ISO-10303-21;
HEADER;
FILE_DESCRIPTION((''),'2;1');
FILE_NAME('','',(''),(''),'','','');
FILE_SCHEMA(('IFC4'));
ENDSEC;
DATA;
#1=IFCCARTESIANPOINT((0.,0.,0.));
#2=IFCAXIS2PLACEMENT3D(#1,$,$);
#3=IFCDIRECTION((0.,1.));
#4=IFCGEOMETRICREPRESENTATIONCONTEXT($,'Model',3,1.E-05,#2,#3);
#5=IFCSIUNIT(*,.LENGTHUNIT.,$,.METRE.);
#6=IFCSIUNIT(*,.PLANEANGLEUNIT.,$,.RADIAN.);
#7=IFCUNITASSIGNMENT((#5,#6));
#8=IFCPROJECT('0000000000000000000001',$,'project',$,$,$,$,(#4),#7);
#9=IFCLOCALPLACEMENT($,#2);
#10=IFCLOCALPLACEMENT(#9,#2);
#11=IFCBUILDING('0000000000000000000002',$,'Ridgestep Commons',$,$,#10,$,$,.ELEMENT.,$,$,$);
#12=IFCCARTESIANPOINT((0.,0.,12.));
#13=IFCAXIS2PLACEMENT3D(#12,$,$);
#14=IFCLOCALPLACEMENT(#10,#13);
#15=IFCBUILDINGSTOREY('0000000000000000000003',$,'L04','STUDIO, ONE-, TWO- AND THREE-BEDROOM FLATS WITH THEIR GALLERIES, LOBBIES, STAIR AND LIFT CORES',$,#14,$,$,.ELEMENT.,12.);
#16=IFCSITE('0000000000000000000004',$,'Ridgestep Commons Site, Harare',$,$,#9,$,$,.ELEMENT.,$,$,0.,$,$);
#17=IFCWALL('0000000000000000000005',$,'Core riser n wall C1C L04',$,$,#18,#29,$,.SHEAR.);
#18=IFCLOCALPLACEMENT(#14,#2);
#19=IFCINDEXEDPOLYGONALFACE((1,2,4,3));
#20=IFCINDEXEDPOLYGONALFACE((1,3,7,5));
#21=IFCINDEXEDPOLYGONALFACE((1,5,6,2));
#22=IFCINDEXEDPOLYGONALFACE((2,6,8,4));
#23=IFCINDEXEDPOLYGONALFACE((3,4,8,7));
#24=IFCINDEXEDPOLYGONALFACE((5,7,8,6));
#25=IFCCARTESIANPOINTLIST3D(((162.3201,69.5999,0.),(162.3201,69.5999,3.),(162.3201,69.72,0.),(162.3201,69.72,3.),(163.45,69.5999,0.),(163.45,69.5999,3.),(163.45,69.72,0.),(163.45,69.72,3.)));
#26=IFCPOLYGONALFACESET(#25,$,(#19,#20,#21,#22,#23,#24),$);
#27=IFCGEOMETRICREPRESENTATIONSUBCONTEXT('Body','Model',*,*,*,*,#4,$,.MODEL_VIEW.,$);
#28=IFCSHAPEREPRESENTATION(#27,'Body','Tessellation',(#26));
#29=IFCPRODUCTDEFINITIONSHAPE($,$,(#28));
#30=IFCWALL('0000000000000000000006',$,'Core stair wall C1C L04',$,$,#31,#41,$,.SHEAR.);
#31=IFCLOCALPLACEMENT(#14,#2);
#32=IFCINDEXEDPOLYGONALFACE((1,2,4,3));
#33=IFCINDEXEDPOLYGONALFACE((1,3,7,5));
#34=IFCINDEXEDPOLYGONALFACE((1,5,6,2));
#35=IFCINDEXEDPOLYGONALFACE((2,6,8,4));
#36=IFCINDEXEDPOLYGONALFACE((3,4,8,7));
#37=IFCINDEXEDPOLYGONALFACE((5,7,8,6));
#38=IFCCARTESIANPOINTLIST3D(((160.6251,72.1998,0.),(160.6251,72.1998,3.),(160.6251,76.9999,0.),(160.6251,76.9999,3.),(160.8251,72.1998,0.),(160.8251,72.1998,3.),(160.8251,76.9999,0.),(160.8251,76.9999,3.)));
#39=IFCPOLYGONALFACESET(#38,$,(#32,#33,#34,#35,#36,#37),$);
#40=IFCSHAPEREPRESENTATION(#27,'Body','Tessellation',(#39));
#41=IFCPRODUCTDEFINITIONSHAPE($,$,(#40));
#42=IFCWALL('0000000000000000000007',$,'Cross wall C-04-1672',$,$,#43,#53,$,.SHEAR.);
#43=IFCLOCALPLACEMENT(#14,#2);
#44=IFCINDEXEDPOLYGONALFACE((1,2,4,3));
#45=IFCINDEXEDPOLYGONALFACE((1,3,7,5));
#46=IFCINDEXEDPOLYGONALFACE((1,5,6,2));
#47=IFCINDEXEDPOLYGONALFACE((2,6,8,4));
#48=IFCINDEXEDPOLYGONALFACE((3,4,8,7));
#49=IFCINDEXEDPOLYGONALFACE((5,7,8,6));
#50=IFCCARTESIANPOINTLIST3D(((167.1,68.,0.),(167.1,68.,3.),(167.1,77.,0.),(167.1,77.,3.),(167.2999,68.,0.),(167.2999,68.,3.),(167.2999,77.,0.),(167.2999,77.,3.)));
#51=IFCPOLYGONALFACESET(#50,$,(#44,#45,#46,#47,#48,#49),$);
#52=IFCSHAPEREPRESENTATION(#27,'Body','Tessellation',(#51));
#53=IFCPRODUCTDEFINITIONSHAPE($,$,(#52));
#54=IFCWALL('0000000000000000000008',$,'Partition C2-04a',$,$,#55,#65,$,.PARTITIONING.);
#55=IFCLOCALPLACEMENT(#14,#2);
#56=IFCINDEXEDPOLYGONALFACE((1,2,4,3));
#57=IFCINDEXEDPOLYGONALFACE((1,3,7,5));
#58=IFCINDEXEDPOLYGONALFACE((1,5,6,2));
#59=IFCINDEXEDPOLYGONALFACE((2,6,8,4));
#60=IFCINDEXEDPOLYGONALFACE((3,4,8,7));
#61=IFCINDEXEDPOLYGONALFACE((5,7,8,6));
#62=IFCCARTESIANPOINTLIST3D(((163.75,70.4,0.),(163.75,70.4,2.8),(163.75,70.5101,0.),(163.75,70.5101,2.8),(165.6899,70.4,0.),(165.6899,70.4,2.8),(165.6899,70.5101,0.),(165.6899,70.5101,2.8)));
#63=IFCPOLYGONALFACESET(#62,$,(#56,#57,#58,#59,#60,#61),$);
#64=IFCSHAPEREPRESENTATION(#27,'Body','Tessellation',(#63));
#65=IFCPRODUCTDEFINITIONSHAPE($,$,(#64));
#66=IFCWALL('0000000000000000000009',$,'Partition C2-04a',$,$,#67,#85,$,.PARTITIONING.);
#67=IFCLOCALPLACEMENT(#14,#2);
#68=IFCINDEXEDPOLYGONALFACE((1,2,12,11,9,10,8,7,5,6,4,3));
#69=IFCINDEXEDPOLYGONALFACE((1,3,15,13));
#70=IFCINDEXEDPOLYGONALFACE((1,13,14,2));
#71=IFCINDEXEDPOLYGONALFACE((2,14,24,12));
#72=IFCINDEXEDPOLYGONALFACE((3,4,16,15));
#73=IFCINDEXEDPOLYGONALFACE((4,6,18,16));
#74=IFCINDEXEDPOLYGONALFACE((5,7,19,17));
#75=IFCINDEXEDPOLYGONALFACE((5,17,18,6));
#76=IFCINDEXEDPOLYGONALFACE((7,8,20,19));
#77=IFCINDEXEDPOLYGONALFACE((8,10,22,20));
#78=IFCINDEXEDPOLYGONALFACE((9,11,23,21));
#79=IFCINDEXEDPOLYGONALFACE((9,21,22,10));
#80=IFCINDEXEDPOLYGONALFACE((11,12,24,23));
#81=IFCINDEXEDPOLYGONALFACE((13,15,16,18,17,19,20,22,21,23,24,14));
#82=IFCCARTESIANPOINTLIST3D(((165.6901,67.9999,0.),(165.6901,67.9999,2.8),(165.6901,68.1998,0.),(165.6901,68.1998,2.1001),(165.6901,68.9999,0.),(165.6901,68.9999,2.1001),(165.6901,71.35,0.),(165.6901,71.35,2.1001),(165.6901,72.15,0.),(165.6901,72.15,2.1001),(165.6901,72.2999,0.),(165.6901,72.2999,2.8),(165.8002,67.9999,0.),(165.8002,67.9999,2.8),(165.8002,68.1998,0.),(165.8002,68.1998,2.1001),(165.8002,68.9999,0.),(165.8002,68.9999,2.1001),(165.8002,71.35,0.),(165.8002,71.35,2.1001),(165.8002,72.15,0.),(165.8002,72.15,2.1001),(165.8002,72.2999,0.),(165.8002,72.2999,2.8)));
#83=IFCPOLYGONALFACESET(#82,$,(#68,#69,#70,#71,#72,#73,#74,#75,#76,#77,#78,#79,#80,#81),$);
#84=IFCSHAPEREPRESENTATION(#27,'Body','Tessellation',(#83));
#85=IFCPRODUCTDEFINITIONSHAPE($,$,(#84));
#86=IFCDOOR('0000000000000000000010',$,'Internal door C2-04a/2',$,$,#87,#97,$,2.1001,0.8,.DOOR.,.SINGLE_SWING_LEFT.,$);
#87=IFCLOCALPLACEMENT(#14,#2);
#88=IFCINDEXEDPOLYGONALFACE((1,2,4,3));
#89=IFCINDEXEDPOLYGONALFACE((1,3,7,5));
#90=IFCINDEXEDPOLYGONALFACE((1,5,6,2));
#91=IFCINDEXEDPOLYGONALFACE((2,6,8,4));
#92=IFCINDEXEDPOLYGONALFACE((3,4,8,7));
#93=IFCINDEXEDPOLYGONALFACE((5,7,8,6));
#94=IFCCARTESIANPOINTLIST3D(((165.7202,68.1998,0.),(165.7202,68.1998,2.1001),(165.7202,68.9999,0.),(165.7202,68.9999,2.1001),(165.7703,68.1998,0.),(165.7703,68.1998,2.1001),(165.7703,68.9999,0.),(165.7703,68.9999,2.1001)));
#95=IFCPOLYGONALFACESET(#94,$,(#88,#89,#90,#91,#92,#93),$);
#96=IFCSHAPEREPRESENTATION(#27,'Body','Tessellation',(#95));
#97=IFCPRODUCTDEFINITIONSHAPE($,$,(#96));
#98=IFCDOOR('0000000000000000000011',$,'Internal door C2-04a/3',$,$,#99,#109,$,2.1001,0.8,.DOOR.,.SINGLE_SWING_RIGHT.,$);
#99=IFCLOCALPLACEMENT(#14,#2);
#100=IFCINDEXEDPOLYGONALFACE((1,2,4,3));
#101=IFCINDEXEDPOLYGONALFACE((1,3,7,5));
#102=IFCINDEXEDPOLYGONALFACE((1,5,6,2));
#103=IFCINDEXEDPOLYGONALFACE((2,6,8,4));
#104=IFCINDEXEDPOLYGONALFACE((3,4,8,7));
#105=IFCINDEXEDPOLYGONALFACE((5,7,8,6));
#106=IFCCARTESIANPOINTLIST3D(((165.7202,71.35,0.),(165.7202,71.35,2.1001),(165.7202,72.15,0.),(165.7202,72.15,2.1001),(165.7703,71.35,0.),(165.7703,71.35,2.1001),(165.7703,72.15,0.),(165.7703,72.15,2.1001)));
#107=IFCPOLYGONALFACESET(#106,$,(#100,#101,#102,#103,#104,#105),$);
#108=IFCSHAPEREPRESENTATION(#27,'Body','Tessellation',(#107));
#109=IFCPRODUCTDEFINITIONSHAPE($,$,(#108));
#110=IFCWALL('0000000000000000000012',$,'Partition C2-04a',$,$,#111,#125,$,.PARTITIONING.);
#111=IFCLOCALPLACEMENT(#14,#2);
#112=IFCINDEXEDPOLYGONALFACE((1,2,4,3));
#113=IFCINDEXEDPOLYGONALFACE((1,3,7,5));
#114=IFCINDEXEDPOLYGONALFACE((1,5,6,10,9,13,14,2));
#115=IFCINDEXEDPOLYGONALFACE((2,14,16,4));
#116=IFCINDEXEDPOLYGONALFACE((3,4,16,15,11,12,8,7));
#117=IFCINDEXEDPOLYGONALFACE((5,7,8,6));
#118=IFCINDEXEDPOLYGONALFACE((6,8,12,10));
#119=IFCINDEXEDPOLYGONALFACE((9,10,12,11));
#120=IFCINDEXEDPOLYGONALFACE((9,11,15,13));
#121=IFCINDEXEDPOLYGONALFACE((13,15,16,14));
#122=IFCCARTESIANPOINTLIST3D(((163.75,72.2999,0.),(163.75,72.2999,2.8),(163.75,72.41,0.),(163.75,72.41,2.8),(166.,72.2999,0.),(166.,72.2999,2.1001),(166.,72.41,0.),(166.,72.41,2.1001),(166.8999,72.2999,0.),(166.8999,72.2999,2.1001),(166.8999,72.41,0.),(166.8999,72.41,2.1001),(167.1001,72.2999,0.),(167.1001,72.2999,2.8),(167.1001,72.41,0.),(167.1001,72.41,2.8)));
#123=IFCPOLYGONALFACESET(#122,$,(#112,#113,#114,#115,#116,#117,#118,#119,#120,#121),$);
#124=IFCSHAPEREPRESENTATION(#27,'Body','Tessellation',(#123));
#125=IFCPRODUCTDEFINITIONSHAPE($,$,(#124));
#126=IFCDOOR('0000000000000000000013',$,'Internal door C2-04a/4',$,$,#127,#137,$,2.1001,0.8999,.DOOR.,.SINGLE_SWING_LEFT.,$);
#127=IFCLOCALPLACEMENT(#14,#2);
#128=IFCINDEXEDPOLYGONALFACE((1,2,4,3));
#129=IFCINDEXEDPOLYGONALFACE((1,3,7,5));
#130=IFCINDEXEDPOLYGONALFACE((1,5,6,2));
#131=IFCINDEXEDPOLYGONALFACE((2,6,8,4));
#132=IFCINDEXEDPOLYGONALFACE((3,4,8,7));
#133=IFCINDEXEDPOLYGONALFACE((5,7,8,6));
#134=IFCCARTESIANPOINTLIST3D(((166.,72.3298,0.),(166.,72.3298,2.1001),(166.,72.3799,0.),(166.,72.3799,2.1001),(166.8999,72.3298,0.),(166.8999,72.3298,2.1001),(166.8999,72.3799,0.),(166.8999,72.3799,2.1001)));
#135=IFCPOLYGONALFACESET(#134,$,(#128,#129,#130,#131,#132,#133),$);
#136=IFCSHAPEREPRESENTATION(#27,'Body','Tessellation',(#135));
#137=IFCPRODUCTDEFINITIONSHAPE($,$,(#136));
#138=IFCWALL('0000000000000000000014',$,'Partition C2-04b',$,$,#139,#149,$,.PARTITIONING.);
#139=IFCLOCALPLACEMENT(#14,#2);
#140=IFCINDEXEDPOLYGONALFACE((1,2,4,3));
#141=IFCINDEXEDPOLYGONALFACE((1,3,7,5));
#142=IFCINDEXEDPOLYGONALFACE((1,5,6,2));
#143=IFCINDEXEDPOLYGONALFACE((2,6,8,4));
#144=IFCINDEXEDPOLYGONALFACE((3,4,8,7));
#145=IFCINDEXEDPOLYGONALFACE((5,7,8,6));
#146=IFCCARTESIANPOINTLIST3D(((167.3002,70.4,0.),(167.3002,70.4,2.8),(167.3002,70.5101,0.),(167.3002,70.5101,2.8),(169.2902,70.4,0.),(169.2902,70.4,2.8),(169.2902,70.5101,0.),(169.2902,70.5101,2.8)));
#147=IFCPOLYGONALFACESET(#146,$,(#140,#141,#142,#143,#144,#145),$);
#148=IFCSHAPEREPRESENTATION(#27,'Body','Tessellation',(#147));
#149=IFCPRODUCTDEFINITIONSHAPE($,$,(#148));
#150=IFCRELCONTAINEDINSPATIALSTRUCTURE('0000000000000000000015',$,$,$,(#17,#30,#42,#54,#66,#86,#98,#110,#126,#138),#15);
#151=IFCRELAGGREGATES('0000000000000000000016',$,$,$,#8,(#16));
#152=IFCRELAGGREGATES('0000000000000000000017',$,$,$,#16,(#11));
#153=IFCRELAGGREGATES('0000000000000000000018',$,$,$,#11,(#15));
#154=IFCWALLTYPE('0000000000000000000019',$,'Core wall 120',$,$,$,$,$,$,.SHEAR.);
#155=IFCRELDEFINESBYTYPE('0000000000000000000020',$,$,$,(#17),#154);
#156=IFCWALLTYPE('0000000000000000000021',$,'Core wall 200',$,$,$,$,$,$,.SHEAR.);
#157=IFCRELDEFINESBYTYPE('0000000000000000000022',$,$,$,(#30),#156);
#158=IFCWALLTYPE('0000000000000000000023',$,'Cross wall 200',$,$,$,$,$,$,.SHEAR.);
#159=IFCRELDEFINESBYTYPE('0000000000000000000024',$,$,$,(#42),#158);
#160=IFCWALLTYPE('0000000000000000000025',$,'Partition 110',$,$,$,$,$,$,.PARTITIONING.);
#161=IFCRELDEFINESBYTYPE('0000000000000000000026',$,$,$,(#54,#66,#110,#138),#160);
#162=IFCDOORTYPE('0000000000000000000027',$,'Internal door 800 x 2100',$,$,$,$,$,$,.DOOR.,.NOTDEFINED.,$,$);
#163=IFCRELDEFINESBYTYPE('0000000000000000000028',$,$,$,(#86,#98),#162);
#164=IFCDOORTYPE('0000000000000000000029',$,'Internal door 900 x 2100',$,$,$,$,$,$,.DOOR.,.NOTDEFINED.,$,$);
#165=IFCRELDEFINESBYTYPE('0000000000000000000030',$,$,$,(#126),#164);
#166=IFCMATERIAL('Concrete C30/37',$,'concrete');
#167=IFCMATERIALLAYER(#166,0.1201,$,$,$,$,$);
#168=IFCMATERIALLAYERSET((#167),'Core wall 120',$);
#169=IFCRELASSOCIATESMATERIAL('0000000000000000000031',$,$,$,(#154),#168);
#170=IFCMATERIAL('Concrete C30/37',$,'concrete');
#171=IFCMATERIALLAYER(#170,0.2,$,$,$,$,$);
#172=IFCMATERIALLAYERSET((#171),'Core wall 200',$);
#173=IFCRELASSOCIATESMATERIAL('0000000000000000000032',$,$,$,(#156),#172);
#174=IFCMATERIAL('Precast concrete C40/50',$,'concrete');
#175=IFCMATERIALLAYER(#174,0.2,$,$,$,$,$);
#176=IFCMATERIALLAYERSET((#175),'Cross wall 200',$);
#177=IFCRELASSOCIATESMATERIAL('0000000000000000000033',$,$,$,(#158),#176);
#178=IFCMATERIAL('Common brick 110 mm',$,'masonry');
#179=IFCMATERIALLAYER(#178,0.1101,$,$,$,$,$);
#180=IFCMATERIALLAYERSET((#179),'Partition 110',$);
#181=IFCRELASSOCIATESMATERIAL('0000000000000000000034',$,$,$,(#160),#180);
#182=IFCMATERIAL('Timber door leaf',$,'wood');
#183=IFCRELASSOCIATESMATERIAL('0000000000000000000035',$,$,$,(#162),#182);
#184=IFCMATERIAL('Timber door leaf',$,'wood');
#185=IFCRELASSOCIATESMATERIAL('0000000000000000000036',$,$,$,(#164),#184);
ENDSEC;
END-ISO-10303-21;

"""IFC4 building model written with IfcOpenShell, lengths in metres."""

from ifc_helpers import new_model, si_unit, direction, frame, frame_2d, origin, place, context, subcontext, project, spatial, rectangle, extrude, material, layer, layer_set, type_object, element, fill, save


model = new_model("IFC4")

# Units and contexts
model_context = context("Model", 3, precision=1e-05, world=origin(), true_north=direction((0.0, 1.0)))
body_context = subcontext(model_context, "Body", "Model", "MODEL_VIEW")
ifc_project = project(units=[si_unit("LENGTHUNIT", "METRE"), si_unit("PLANEANGLEUNIT", "RADIAN")], contexts=[model_context])

# Site, building, storey
site_placement = place(None, origin())
site = spatial("IfcSite", under=ifc_project, at=site_placement, Name="Ridgestep Commons Site, Harare", CompositionType="ELEMENT", RefElevation=0.0)
building_placement = place(site_placement, origin())
building = spatial("IfcBuilding", under=site, at=building_placement, Name="Ridgestep Commons", CompositionType="ELEMENT")
storey_placement = place(building_placement, frame((0.0, 0.0, 12.0)))
storey = spatial("IfcBuildingStorey", under=building, at=storey_placement, Name="L04", Description="STUDIO, ONE-, TWO- AND THREE-BEDROOM FLATS WITH THEIR GALLERIES, LOBBIES, STAIR AND LIFT CORES", CompositionType="ELEMENT", Elevation=12.0)

# Walls
ifc_material_1 = material(Name="Concrete C30/37", Category="concrete")
ifc_layer_1 = layer(ifc_material_1, 0.1201)
ifc_layer_set_1 = layer_set([ifc_layer_1], Name="Core wall 120")
wall_type_1 = type_object("IfcWallType", Name="Core wall 120", PredefinedType="SHEAR", material=ifc_layer_set_1)
wall_1_placement = place(storey_placement, frame((162.3201, 69.6599, 0.0), z_axis=(0.0, 0.0, 1.0), x_axis=(1.0, 0.0, 0.0)))
element("IfcWall", 1, at=wall_1_placement, inside=storey, type_object=wall_type_1, Name="Core riser n wall C1C L04", PredefinedType="SHEAR", context=body_context, shape_type="SweptSolid", body=[
    extrude(rectangle(XDim=1.1299, YDim=0.1201, at=frame_2d((0.5649, 0.0))), origin(), (0.0, 0.0, 1.0), 3.0),
])
ifc_material_2 = material(Name="Concrete C30/37", Category="concrete")
ifc_layer_2 = layer(ifc_material_2, 0.2)
ifc_layer_set_2 = layer_set([ifc_layer_2], Name="Core wall 200")
wall_type_2 = type_object("IfcWallType", Name="Core wall 200", PredefinedType="SHEAR", material=ifc_layer_set_2)
wall_2_placement = place(storey_placement, frame((160.7251, 72.2, 0.0), z_axis=(0.0, 0.0, 1.0), x_axis=(0.0, 1.0, 0.0)))
element("IfcWall", 2, at=wall_2_placement, inside=storey, type_object=wall_type_2, Name="Core stair wall C1C L04", PredefinedType="SHEAR", context=body_context, shape_type="SweptSolid", body=[
    extrude(rectangle(XDim=4.8, YDim=0.2, at=frame_2d((2.3999, 0.0))), origin(), (0.0, 0.0, 1.0), 3.0),
])
ifc_material_3 = material(Name="Precast concrete C40/50", Category="concrete")
ifc_layer_3 = layer(ifc_material_3, 0.2)
ifc_layer_set_3 = layer_set([ifc_layer_3], Name="Cross wall 200")
wall_type_3 = type_object("IfcWallType", Name="Cross wall 200", PredefinedType="SHEAR", material=ifc_layer_set_3)
wall_3_placement = place(storey_placement, frame((167.2, 68.0, 0.0), z_axis=(0.0, 0.0, 1.0), x_axis=(0.0, 1.0, 0.0)))
element("IfcWall", 3, at=wall_3_placement, inside=storey, type_object=wall_type_3, Name="Cross wall C-04-1672", PredefinedType="SHEAR", context=body_context, shape_type="SweptSolid", body=[
    extrude(rectangle(XDim=9.0, YDim=0.2, at=frame_2d((4.5, 0.0))), origin(), (0.0, 0.0, 1.0), 3.0),
])
ifc_material_4 = material(Name="Common brick 110 mm", Category="masonry")
ifc_layer_4 = layer(ifc_material_4, 0.1101)
ifc_layer_set_4 = layer_set([ifc_layer_4], Name="Partition 110")
wall_type_4 = type_object("IfcWallType", Name="Partition 110", PredefinedType="PARTITIONING", material=ifc_layer_set_4)
wall_4_placement = place(storey_placement, frame((163.75, 70.4551, 0.0), z_axis=(0.0, 0.0, 1.0), x_axis=(1.0, 0.0, 0.0)))
element("IfcWall", 4, at=wall_4_placement, inside=storey, type_object=wall_type_4, Name="Partition C2-04a", PredefinedType="PARTITIONING", context=body_context, shape_type="SweptSolid", body=[
    extrude(rectangle(XDim=1.9399, YDim=0.1101, at=frame_2d((0.97, 0.0))), origin(), (0.0, 0.0, 1.0), 2.8),
])

# Wall, openings, doors
wall_5_placement = place(storey_placement, frame((165.7451, 68.0, 0.0), z_axis=(0.0, 0.0, 1.0), x_axis=(0.0, 1.0, 0.0)))
wall_5 = element("IfcWall", 5, at=wall_5_placement, inside=storey, type_object=wall_type_4, Name="Partition C2-04a", PredefinedType="PARTITIONING", context=body_context, shape_type="SweptSolid", body=[
    extrude(rectangle(XDim=4.3, YDim=0.1101, at=frame_2d((2.1499, 0.0))), origin(), (0.0, 0.0, 1.0), 2.8),
])
opening_1_placement = place(wall_5_placement, frame((0.2, 0.0, 0.0)))
opening_1 = element("IfcOpeningElement", 6, at=opening_1_placement, cuts=wall_5, PredefinedType="OPENING", context=body_context, shape_type="SweptSolid", body=[
    extrude(rectangle(XDim=0.8, YDim=2.1001, at=frame_2d((0.3999, 1.05))), frame((0.0, 0.0649, 0.0), z_axis=(0.0, -1.0, 0.0), x_axis=(1.0, 0.0, 0.0)), (0.0, 0.0, 1.0), 0.1301),
])
opening_2_placement = place(wall_5_placement, frame((3.3501, 0.0, 0.0)))
opening_2 = element("IfcOpeningElement", 7, at=opening_2_placement, cuts=wall_5, PredefinedType="OPENING", context=body_context, shape_type="SweptSolid", body=[
    extrude(rectangle(XDim=0.8, YDim=2.1001, at=frame_2d((0.3999, 1.05))), frame((0.0, 0.0649, 0.0), z_axis=(0.0, -1.0, 0.0), x_axis=(1.0, 0.0, 0.0)), (0.0, 0.0, 1.0), 0.1301),
])
ifc_material_5 = material(Name="Timber door leaf", Category="wood")
door_type_1 = type_object("IfcDoorType", Name="Internal door 800 x 2100", OperationType="NOTDEFINED", PredefinedType="DOOR", material=ifc_material_5)
door_1_placement = place(opening_1_placement, origin())
door_1 = element("IfcDoor", 8, at=door_1_placement, inside=storey, type_object=door_type_1, Name="Internal door C2-04a/2", OperationType="SINGLE_SWING_LEFT", OverallHeight=2.1001, OverallWidth=0.8, PredefinedType="DOOR", context=body_context, shape_type="SweptSolid", body=[
    extrude(rectangle(XDim=0.8, YDim=2.1001, at=frame_2d((0.3999, 1.05))), frame((0.0, 0.0249, 0.0), z_axis=(0.0, -1.0, 0.0), x_axis=(1.0, 0.0, 0.0)), (0.0, 0.0, 1.0), 0.05),
])
fill(opening_1, door_1)
door_2_placement = place(opening_2_placement, origin())
door_2 = element("IfcDoor", 9, at=door_2_placement, inside=storey, type_object=door_type_1, Name="Internal door C2-04a/3", OperationType="SINGLE_SWING_RIGHT", OverallHeight=2.1001, OverallWidth=0.8, PredefinedType="DOOR", context=body_context, shape_type="SweptSolid", body=[
    extrude(rectangle(XDim=0.8, YDim=2.1001, at=frame_2d((0.3999, 1.05))), frame((0.0, 0.0249, 0.0), z_axis=(0.0, -1.0, 0.0), x_axis=(1.0, 0.0, 0.0)), (0.0, 0.0, 1.0), 0.05),
])
fill(opening_2, door_2)

# Wall, opening, door
wall_6_placement = place(storey_placement, frame((163.75, 72.355, 0.0), z_axis=(0.0, 0.0, 1.0), x_axis=(1.0, 0.0, 0.0)))
wall_6 = element("IfcWall", 10, at=wall_6_placement, inside=storey, type_object=wall_type_4, Name="Partition C2-04a", PredefinedType="PARTITIONING", context=body_context, shape_type="SweptSolid", body=[
    extrude(rectangle(XDim=3.3501, YDim=0.1101, at=frame_2d((1.675, 0.0))), origin(), (0.0, 0.0, 1.0), 2.8),
])
opening_3_placement = place(wall_6_placement, frame((2.25, 0.0, 0.0)))
opening_3 = element("IfcOpeningElement", 11, at=opening_3_placement, cuts=wall_6, PredefinedType="OPENING", context=body_context, shape_type="SweptSolid", body=[
    extrude(rectangle(XDim=0.8999, YDim=2.1001, at=frame_2d((0.45, 1.05))), frame((0.0, 0.0649, 0.0), z_axis=(0.0, -1.0, 0.0), x_axis=(1.0, 0.0, 0.0)), (0.0, 0.0, 1.0), 0.1301),
])
ifc_material_6 = material(Name="Timber door leaf", Category="wood")
door_type_2 = type_object("IfcDoorType", Name="Internal door 900 x 2100", OperationType="NOTDEFINED", PredefinedType="DOOR", material=ifc_material_6)
door_3_placement = place(opening_3_placement, origin())
door_3 = element("IfcDoor", 12, at=door_3_placement, inside=storey, type_object=door_type_2, Name="Internal door C2-04a/4", OperationType="SINGLE_SWING_LEFT", OverallHeight=2.1001, OverallWidth=0.8999, PredefinedType="DOOR", context=body_context, shape_type="SweptSolid", body=[
    extrude(rectangle(XDim=0.8999, YDim=2.1001, at=frame_2d((0.45, 1.05))), frame((0.0, 0.0249, 0.0), z_axis=(0.0, -1.0, 0.0), x_axis=(1.0, 0.0, 0.0)), (0.0, 0.0, 1.0), 0.05),
])
fill(opening_3, door_3)

# Wall
wall_7_placement = place(storey_placement, frame((167.3, 70.4551, 0.0), z_axis=(0.0, 0.0, 1.0), x_axis=(1.0, 0.0, 0.0)))
element("IfcWall", 13, at=wall_7_placement, inside=storey, type_object=wall_type_4, Name="Partition C2-04b", PredefinedType="PARTITIONING", context=body_context, shape_type="SweptSolid", body=[
    extrude(rectangle(XDim=1.99, YDim=0.1101, at=frame_2d((0.9951, 0.0))), origin(), (0.0, 0.0, 1.0), 2.8),
])

save(model, "model.ifc")
